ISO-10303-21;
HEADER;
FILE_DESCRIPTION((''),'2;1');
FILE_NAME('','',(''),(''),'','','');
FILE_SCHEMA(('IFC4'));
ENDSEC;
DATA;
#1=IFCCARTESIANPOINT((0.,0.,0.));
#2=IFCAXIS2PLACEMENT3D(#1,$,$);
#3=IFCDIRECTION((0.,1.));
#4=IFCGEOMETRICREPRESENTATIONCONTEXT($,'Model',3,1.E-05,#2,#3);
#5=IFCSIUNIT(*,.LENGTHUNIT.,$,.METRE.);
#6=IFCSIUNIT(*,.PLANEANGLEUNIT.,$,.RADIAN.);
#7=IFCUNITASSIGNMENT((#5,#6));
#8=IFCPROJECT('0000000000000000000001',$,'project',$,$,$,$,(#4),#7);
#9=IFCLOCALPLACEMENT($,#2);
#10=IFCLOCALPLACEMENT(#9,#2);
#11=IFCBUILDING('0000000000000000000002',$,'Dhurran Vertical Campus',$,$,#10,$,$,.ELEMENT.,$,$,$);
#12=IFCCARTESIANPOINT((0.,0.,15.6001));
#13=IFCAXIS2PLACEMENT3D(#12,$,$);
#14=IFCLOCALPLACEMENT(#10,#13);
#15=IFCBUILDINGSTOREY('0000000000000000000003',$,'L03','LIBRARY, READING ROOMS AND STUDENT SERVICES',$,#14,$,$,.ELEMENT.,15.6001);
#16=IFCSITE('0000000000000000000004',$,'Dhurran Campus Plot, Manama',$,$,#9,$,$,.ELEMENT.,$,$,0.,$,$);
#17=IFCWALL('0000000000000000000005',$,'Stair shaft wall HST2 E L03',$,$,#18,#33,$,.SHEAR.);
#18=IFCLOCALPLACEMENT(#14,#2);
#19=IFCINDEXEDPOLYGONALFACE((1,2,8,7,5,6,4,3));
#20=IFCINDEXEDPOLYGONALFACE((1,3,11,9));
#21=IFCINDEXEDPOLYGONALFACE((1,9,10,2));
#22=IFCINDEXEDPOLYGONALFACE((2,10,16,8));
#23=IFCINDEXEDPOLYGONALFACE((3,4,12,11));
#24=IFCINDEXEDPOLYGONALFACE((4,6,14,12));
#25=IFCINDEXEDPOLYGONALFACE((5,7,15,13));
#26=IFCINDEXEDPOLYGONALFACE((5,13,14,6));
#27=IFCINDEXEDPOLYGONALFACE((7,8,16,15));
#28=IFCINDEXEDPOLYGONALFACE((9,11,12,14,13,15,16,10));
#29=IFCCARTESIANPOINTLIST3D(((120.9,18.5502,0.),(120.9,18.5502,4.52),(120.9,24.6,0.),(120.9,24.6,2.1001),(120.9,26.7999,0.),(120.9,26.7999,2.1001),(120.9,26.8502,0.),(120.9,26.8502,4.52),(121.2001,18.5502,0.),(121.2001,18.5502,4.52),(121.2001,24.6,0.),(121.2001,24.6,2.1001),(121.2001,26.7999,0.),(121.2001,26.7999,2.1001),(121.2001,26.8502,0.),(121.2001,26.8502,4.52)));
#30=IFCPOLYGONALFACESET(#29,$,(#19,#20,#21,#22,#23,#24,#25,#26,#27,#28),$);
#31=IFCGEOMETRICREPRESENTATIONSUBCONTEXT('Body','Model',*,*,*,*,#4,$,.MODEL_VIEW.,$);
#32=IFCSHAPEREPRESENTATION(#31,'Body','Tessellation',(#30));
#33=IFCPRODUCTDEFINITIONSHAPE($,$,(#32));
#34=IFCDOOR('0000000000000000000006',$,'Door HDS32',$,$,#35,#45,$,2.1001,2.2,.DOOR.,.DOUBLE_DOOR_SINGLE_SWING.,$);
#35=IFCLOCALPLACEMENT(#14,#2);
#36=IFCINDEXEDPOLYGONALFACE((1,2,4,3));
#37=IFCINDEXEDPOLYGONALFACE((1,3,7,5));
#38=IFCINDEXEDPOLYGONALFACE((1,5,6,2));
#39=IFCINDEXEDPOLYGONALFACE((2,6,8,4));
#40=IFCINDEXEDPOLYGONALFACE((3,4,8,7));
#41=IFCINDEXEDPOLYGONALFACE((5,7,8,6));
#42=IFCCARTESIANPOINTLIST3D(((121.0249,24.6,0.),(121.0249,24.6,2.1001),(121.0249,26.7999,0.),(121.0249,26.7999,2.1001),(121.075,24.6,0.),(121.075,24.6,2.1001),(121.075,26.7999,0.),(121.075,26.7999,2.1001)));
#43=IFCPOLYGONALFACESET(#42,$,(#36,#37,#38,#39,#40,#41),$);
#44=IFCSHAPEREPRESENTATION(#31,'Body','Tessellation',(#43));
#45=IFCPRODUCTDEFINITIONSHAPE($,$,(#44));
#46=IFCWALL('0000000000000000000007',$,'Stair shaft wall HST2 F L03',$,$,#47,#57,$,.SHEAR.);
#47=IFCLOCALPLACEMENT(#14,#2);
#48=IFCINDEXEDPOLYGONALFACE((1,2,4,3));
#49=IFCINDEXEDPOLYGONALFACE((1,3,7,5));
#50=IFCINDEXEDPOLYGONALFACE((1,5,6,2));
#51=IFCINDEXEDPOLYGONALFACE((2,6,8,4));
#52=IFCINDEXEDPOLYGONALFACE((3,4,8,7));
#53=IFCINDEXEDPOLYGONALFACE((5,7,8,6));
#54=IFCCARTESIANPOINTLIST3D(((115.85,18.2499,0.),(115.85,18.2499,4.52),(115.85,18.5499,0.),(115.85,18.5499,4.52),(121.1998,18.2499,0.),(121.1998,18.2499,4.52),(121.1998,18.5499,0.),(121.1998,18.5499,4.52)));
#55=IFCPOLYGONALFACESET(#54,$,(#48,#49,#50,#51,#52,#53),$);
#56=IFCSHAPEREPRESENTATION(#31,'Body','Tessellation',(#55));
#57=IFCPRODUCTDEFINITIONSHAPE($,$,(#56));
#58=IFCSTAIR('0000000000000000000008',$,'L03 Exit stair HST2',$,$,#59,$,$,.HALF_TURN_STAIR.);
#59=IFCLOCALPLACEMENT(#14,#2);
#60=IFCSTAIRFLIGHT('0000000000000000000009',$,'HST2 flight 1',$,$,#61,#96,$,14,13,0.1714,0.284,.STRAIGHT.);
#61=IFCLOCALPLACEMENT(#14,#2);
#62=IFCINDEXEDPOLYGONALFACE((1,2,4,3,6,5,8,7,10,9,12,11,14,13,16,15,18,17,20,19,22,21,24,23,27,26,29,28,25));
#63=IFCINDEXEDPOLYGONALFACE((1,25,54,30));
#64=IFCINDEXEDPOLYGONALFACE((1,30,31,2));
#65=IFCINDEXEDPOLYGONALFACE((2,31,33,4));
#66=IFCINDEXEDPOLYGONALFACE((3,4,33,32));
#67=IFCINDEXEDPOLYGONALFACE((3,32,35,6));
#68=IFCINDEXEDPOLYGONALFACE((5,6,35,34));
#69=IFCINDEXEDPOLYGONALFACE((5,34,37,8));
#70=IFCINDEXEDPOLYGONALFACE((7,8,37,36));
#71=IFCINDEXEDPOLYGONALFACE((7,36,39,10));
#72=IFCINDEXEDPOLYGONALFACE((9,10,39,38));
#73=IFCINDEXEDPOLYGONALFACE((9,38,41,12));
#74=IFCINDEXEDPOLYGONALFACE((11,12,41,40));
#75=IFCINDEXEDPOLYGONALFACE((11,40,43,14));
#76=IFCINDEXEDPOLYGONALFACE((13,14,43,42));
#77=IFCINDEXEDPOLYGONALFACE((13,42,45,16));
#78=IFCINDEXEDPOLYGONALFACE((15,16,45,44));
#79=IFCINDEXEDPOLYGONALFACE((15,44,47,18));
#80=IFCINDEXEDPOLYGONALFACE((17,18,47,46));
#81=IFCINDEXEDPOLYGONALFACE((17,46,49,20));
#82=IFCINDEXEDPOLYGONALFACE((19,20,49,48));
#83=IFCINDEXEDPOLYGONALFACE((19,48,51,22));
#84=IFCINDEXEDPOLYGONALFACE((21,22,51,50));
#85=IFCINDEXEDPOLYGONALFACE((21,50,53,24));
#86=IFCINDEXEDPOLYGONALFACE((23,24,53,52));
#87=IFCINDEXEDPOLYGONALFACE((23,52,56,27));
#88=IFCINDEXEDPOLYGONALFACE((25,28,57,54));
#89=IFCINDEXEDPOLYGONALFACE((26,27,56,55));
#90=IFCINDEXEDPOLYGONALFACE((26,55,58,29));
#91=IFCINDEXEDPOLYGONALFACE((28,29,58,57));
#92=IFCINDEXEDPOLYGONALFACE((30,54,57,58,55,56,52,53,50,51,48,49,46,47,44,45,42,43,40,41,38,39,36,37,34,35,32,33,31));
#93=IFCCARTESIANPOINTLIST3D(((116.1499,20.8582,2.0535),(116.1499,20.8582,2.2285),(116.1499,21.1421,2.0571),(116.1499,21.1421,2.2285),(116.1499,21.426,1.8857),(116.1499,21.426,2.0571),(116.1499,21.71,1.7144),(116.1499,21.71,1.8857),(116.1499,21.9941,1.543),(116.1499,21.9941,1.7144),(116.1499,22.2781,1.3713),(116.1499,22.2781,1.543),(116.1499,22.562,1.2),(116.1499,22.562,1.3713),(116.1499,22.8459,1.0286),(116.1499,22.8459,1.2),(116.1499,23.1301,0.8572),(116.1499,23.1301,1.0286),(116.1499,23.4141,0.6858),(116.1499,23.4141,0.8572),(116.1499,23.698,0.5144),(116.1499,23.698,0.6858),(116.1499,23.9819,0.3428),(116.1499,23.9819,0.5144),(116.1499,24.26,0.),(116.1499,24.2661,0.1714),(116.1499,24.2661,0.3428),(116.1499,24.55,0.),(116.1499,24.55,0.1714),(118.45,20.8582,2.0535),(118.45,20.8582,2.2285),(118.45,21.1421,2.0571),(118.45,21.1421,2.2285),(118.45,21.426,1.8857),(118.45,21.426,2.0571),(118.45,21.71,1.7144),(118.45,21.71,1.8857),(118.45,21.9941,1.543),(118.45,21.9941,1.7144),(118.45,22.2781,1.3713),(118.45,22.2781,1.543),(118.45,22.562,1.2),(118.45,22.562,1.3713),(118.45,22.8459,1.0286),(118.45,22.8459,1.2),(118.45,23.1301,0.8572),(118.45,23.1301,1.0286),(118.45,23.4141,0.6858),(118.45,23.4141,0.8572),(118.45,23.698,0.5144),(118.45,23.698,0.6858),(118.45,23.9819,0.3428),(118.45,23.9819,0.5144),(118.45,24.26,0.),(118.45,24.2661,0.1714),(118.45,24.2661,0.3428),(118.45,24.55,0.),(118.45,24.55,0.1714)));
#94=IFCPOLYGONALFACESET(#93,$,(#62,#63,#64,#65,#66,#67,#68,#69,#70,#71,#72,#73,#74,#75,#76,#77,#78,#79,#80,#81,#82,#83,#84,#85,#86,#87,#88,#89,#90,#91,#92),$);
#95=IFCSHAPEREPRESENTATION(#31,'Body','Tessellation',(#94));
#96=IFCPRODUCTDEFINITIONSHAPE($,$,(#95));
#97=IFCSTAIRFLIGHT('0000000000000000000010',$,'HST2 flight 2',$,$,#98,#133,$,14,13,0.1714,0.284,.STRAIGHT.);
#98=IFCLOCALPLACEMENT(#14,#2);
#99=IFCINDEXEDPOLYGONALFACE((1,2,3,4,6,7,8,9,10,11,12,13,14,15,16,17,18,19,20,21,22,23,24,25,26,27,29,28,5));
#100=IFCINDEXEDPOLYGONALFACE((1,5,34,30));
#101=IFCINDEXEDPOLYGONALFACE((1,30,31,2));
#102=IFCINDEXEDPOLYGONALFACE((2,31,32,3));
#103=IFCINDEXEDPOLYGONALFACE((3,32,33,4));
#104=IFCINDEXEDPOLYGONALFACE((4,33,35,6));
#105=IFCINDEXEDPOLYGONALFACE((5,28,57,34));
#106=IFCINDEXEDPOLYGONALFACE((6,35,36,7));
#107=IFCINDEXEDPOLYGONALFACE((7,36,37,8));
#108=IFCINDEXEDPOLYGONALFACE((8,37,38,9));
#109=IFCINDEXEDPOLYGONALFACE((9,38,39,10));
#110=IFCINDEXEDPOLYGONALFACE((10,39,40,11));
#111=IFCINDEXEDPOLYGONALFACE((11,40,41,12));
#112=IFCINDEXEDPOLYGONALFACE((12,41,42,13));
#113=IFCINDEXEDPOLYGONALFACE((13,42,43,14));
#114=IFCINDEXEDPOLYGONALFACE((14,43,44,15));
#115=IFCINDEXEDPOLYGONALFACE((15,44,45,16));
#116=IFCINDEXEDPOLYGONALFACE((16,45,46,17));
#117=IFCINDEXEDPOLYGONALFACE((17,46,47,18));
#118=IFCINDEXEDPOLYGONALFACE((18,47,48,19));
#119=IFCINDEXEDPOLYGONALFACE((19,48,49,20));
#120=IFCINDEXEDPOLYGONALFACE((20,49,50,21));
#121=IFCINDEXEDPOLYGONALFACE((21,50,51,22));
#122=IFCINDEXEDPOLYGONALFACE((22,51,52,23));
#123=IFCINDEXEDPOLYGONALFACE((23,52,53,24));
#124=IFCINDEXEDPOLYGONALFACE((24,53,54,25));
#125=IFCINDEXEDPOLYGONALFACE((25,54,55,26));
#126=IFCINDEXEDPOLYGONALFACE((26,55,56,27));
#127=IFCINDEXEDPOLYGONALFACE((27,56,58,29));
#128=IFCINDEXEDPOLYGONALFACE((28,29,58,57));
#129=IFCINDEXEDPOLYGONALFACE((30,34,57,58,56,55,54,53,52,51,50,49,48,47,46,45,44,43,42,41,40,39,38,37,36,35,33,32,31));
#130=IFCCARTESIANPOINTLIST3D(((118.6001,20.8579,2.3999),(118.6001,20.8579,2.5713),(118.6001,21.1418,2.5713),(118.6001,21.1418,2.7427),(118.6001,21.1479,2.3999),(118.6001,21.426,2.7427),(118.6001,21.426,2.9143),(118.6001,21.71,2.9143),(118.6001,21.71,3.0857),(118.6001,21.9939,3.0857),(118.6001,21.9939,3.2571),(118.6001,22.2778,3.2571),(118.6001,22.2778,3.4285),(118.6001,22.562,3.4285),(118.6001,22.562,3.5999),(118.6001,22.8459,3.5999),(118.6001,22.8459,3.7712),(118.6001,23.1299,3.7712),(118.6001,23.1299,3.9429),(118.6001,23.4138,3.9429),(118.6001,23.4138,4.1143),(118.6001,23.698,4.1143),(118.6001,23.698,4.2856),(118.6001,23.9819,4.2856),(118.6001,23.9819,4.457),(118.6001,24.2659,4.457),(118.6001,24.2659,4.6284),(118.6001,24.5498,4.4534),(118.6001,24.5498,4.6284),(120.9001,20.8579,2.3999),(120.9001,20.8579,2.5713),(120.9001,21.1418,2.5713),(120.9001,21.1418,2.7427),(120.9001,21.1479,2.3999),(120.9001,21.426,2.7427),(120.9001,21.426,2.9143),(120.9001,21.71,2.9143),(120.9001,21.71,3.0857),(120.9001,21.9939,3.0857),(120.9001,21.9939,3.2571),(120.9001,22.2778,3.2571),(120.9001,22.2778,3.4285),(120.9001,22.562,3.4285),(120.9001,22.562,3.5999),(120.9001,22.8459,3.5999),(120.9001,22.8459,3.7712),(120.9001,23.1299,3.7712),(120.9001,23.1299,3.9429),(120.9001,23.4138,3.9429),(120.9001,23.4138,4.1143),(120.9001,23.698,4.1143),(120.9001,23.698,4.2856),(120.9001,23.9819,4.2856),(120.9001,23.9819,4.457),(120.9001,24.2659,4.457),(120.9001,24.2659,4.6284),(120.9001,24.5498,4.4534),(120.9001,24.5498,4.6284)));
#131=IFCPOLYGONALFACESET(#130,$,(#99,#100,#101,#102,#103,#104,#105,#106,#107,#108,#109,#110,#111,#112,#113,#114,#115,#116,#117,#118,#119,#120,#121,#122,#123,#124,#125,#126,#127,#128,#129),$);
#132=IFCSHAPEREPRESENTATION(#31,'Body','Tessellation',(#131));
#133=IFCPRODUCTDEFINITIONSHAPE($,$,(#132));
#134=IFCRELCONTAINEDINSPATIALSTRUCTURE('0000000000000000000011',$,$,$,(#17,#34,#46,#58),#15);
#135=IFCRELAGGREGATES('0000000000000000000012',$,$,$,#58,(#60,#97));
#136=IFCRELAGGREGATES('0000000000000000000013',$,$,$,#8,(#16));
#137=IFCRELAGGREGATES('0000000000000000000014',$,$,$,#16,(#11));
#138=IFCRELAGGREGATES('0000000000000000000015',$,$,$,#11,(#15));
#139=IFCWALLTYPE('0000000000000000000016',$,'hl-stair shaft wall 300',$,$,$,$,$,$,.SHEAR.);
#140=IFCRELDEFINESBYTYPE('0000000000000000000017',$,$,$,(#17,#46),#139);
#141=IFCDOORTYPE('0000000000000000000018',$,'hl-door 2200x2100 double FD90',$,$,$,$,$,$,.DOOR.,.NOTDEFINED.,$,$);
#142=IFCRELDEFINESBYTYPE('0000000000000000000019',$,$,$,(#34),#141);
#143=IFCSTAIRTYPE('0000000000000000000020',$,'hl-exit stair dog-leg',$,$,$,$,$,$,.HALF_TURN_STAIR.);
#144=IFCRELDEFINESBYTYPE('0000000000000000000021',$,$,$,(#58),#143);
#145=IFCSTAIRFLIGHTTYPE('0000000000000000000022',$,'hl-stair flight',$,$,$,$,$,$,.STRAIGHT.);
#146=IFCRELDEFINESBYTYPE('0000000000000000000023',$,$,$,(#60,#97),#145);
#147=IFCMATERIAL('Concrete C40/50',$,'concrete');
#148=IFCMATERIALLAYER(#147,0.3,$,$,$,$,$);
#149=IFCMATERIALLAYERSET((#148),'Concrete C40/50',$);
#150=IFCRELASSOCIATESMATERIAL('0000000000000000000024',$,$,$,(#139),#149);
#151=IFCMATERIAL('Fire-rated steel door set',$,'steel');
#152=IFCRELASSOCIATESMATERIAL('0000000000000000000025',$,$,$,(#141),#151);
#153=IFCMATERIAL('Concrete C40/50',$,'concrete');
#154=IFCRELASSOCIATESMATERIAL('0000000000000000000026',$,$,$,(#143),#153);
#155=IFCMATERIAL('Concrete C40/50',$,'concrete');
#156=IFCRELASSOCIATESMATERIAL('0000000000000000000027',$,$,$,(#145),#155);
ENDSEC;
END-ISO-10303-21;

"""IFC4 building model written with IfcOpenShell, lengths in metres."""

from ifc_helpers import new_model, si_unit, direction, frame, frame_2d, origin, place, context, subcontext, project, spatial, polyline, rectangle, outline, extrude, material, layer, layer_set, type_object, element, fill, aggregate, save


model = new_model("IFC4")

# Units and contexts
model_context = context("Model", 3, precision=1e-05, world=origin(), true_north=direction((0.0, 1.0)))
body_context = subcontext(model_context, "Body", "Model", "MODEL_VIEW")
ifc_project = project(units=[si_unit("LENGTHUNIT", "METRE"), si_unit("PLANEANGLEUNIT", "RADIAN")], contexts=[model_context])

# Site, building, storey
site_placement = place(None, origin())
site = spatial("IfcSite", under=ifc_project, at=site_placement, Name="Dhurran Campus Plot, Manama", CompositionType="ELEMENT", RefElevation=0.0)
building_placement = place(site_placement, origin())
building = spatial("IfcBuilding", under=site, at=building_placement, Name="Dhurran Vertical Campus", CompositionType="ELEMENT")
storey_placement = place(building_placement, frame((0.0, 0.0, 15.6001)))
storey = spatial("IfcBuildingStorey", under=building, at=storey_placement, Name="L03", Description="LIBRARY, READING ROOMS AND STUDENT SERVICES", CompositionType="ELEMENT", Elevation=15.6001)

# Shared definitions
ifc_material_1 = material(Name="Concrete C40/50", Category="concrete")
ifc_layer_1 = layer(ifc_material_1, 0.3)
ifc_layer_set_1 = layer_set([ifc_layer_1], Name="Concrete C40/50")
wall_type_1 = type_object("IfcWallType", Name="hl-stair shaft wall 300", PredefinedType="SHEAR", material=ifc_layer_set_1)

# Wall, opening, door
wall_1_placement = place(storey_placement, frame((121.05, 26.8501, 0.0), z_axis=(0.0, 0.0, 1.0), x_axis=(0.0, -1.0, 0.0)))
wall_1 = element("IfcWall", 1, at=wall_1_placement, inside=storey, type_object=wall_type_1, Name="Stair shaft wall HST2 E L03", PredefinedType="SHEAR", context=body_context, shape_type="SweptSolid", body=[
    extrude(rectangle(XDim=8.3, YDim=0.3, at=frame_2d((4.1499, 0.0))), origin(), (0.0, 0.0, 1.0), 4.52),
])
opening_placement = place(wall_1_placement, frame((0.05, 0.0, 0.0)))
opening = element("IfcOpeningElement", 2, at=opening_placement, cuts=wall_1, PredefinedType="OPENING", context=body_context, shape_type="SweptSolid", body=[
    extrude(rectangle(XDim=2.2, YDim=2.1001, at=frame_2d((1.1001, 1.05))), frame((0.0, 0.1599, 0.0), z_axis=(0.0, -1.0, 0.0), x_axis=(1.0, 0.0, 0.0)), (0.0, 0.0, 1.0), 0.3201),
])
ifc_material_2 = material(Name="Fire-rated steel door set", Category="steel")
door_type = type_object("IfcDoorType", Name="hl-door 2200x2100 double FD90", OperationType="NOTDEFINED", PredefinedType="DOOR", material=ifc_material_2)
door_placement = place(opening_placement, origin())
door = element("IfcDoor", 3, at=door_placement, inside=storey, type_object=door_type, Name="Door HDS32", OperationType="DOUBLE_DOOR_SINGLE_SWING", OverallHeight=2.1001, OverallWidth=2.2, PredefinedType="DOOR", context=body_context, shape_type="SweptSolid", body=[
    extrude(rectangle(XDim=2.2, YDim=2.1001, at=frame_2d((1.1001, 1.05))), frame((0.0, 0.0249, 0.0), z_axis=(0.0, -1.0, 0.0), x_axis=(1.0, 0.0, 0.0)), (0.0, 0.0, 1.0), 0.05),
])
fill(opening, door)

# Wall
wall_2_placement = place(storey_placement, frame((115.8501, 18.3999, 0.0), z_axis=(0.0, 0.0, 1.0), x_axis=(1.0, 0.0, 0.0)))
element("IfcWall", 4, at=wall_2_placement, inside=storey, type_object=wall_type_1, Name="Stair shaft wall HST2 F L03", PredefinedType="SHEAR", context=body_context, shape_type="SweptSolid", body=[
    extrude(rectangle(XDim=5.3499, YDim=0.3, at=frame_2d((2.6748, 0.0))), origin(), (0.0, 0.0, 1.0), 4.52),
])

# Stair, stair flights
ifc_material_3 = material(Name="Concrete C40/50", Category="concrete")
stair_type = type_object("IfcStairType", Name="hl-exit stair dog-leg", PredefinedType="HALF_TURN_STAIR", material=ifc_material_3)
stair_placement = place(storey_placement, origin())
stair = element("IfcStair", 5, at=stair_placement, inside=storey, type_object=stair_type, Name="L03 Exit stair HST2", PredefinedType="HALF_TURN_STAIR")
ifc_material_4 = material(Name="Concrete C40/50", Category="concrete")
stair_flight_type = type_object("IfcStairFlightType", Name="hl-stair flight", PredefinedType="STRAIGHT", material=ifc_material_4)
stair_flight_1_placement = place(storey_placement, frame((117.3, 24.55, 0.0), z_axis=(0.0, 0.0, 1.0), x_axis=(0.0, -1.0, 0.0)))
stair_flight_1 = element("IfcStairFlight", 6, at=stair_flight_1_placement, type_object=stair_flight_type, Name="HST2 flight 1", NumberOfRisers=14, NumberOfTreads=13, PredefinedType="STRAIGHT", RiserHeight=0.1714, TreadLength=0.284, context=body_context, shape_type="SweptSolid", body=[
    extrude(outline(polyline([(0.0, 0.0), (0.0, 0.1714), (0.2839, 0.1714), (0.2839, 0.3428), (0.5681, 0.3428), (0.5681, 0.5144), (0.8521, 0.5144), (0.8521, 0.6858), (1.136, 0.6858), (1.136, 0.8572), (1.4199, 0.8572), (1.4199, 1.0286), (1.7041, 1.0286), (1.7041, 1.2), (1.988, 1.2), (1.988, 1.3713), (2.272, 1.3713), (2.272, 1.543), (2.5559, 1.543), (2.5559, 1.7144), (2.8401, 1.7144), (2.8401, 1.8857), (3.124, 1.8857), (3.124, 2.0571), (3.408, 2.0571), (3.408, 2.2285), (3.6919, 2.2285), (3.6919, 2.3999), (3.6919, 2.0535), (0.29, 0.0), (0.0, 0.0)])), frame((0.0, 1.1499, 0.0), z_axis=(0.0, -1.0, 0.0), x_axis=(1.0, 0.0, 0.0)), (0.0, 0.0, 1.0), 2.3),
])
stair_flight_2_placement = place(storey_placement, frame((119.75, 20.8579, 2.3999), z_axis=(0.0, 0.0, 1.0), x_axis=(0.0, 1.0, 0.0)))
stair_flight_2 = element("IfcStairFlight", 7, at=stair_flight_2_placement, type_object=stair_flight_type, Name="HST2 flight 2", NumberOfRisers=14, NumberOfTreads=13, PredefinedType="STRAIGHT", RiserHeight=0.1714, TreadLength=0.284, context=body_context, shape_type="SweptSolid", body=[
    extrude(outline(polyline([(0.0, 0.0), (0.0, 0.1714), (0.2839, 0.1714), (0.2839, 0.3428), (0.5681, 0.3428), (0.5681, 0.5144), (0.8521, 0.5144), (0.8521, 0.6858), (1.136, 0.6858), (1.136, 0.8572), (1.4199, 0.8572), (1.4199, 1.0286), (1.7041, 1.0286), (1.7041, 1.2), (1.988, 1.2), (1.988, 1.3713), (2.272, 1.3713), (2.272, 1.543), (2.5559, 1.543), (2.5559, 1.7144), (2.8401, 1.7144), (2.8401, 1.8857), (3.124, 1.8857), (3.124, 2.0571), (3.408, 2.0571), (3.408, 2.2285), (3.6919, 2.2285), (3.6919, 2.3999), (3.6919, 2.0535), (0.29, 0.0), (0.0, 0.0)])), frame((0.0, 1.1499, 0.0), z_axis=(0.0, -1.0, 0.0), x_axis=(1.0, 0.0, 0.0)), (0.0, 0.0, 1.0), 2.3),
])
aggregate(stair, [stair_flight_1, stair_flight_2])

save(model, "model.ifc")
